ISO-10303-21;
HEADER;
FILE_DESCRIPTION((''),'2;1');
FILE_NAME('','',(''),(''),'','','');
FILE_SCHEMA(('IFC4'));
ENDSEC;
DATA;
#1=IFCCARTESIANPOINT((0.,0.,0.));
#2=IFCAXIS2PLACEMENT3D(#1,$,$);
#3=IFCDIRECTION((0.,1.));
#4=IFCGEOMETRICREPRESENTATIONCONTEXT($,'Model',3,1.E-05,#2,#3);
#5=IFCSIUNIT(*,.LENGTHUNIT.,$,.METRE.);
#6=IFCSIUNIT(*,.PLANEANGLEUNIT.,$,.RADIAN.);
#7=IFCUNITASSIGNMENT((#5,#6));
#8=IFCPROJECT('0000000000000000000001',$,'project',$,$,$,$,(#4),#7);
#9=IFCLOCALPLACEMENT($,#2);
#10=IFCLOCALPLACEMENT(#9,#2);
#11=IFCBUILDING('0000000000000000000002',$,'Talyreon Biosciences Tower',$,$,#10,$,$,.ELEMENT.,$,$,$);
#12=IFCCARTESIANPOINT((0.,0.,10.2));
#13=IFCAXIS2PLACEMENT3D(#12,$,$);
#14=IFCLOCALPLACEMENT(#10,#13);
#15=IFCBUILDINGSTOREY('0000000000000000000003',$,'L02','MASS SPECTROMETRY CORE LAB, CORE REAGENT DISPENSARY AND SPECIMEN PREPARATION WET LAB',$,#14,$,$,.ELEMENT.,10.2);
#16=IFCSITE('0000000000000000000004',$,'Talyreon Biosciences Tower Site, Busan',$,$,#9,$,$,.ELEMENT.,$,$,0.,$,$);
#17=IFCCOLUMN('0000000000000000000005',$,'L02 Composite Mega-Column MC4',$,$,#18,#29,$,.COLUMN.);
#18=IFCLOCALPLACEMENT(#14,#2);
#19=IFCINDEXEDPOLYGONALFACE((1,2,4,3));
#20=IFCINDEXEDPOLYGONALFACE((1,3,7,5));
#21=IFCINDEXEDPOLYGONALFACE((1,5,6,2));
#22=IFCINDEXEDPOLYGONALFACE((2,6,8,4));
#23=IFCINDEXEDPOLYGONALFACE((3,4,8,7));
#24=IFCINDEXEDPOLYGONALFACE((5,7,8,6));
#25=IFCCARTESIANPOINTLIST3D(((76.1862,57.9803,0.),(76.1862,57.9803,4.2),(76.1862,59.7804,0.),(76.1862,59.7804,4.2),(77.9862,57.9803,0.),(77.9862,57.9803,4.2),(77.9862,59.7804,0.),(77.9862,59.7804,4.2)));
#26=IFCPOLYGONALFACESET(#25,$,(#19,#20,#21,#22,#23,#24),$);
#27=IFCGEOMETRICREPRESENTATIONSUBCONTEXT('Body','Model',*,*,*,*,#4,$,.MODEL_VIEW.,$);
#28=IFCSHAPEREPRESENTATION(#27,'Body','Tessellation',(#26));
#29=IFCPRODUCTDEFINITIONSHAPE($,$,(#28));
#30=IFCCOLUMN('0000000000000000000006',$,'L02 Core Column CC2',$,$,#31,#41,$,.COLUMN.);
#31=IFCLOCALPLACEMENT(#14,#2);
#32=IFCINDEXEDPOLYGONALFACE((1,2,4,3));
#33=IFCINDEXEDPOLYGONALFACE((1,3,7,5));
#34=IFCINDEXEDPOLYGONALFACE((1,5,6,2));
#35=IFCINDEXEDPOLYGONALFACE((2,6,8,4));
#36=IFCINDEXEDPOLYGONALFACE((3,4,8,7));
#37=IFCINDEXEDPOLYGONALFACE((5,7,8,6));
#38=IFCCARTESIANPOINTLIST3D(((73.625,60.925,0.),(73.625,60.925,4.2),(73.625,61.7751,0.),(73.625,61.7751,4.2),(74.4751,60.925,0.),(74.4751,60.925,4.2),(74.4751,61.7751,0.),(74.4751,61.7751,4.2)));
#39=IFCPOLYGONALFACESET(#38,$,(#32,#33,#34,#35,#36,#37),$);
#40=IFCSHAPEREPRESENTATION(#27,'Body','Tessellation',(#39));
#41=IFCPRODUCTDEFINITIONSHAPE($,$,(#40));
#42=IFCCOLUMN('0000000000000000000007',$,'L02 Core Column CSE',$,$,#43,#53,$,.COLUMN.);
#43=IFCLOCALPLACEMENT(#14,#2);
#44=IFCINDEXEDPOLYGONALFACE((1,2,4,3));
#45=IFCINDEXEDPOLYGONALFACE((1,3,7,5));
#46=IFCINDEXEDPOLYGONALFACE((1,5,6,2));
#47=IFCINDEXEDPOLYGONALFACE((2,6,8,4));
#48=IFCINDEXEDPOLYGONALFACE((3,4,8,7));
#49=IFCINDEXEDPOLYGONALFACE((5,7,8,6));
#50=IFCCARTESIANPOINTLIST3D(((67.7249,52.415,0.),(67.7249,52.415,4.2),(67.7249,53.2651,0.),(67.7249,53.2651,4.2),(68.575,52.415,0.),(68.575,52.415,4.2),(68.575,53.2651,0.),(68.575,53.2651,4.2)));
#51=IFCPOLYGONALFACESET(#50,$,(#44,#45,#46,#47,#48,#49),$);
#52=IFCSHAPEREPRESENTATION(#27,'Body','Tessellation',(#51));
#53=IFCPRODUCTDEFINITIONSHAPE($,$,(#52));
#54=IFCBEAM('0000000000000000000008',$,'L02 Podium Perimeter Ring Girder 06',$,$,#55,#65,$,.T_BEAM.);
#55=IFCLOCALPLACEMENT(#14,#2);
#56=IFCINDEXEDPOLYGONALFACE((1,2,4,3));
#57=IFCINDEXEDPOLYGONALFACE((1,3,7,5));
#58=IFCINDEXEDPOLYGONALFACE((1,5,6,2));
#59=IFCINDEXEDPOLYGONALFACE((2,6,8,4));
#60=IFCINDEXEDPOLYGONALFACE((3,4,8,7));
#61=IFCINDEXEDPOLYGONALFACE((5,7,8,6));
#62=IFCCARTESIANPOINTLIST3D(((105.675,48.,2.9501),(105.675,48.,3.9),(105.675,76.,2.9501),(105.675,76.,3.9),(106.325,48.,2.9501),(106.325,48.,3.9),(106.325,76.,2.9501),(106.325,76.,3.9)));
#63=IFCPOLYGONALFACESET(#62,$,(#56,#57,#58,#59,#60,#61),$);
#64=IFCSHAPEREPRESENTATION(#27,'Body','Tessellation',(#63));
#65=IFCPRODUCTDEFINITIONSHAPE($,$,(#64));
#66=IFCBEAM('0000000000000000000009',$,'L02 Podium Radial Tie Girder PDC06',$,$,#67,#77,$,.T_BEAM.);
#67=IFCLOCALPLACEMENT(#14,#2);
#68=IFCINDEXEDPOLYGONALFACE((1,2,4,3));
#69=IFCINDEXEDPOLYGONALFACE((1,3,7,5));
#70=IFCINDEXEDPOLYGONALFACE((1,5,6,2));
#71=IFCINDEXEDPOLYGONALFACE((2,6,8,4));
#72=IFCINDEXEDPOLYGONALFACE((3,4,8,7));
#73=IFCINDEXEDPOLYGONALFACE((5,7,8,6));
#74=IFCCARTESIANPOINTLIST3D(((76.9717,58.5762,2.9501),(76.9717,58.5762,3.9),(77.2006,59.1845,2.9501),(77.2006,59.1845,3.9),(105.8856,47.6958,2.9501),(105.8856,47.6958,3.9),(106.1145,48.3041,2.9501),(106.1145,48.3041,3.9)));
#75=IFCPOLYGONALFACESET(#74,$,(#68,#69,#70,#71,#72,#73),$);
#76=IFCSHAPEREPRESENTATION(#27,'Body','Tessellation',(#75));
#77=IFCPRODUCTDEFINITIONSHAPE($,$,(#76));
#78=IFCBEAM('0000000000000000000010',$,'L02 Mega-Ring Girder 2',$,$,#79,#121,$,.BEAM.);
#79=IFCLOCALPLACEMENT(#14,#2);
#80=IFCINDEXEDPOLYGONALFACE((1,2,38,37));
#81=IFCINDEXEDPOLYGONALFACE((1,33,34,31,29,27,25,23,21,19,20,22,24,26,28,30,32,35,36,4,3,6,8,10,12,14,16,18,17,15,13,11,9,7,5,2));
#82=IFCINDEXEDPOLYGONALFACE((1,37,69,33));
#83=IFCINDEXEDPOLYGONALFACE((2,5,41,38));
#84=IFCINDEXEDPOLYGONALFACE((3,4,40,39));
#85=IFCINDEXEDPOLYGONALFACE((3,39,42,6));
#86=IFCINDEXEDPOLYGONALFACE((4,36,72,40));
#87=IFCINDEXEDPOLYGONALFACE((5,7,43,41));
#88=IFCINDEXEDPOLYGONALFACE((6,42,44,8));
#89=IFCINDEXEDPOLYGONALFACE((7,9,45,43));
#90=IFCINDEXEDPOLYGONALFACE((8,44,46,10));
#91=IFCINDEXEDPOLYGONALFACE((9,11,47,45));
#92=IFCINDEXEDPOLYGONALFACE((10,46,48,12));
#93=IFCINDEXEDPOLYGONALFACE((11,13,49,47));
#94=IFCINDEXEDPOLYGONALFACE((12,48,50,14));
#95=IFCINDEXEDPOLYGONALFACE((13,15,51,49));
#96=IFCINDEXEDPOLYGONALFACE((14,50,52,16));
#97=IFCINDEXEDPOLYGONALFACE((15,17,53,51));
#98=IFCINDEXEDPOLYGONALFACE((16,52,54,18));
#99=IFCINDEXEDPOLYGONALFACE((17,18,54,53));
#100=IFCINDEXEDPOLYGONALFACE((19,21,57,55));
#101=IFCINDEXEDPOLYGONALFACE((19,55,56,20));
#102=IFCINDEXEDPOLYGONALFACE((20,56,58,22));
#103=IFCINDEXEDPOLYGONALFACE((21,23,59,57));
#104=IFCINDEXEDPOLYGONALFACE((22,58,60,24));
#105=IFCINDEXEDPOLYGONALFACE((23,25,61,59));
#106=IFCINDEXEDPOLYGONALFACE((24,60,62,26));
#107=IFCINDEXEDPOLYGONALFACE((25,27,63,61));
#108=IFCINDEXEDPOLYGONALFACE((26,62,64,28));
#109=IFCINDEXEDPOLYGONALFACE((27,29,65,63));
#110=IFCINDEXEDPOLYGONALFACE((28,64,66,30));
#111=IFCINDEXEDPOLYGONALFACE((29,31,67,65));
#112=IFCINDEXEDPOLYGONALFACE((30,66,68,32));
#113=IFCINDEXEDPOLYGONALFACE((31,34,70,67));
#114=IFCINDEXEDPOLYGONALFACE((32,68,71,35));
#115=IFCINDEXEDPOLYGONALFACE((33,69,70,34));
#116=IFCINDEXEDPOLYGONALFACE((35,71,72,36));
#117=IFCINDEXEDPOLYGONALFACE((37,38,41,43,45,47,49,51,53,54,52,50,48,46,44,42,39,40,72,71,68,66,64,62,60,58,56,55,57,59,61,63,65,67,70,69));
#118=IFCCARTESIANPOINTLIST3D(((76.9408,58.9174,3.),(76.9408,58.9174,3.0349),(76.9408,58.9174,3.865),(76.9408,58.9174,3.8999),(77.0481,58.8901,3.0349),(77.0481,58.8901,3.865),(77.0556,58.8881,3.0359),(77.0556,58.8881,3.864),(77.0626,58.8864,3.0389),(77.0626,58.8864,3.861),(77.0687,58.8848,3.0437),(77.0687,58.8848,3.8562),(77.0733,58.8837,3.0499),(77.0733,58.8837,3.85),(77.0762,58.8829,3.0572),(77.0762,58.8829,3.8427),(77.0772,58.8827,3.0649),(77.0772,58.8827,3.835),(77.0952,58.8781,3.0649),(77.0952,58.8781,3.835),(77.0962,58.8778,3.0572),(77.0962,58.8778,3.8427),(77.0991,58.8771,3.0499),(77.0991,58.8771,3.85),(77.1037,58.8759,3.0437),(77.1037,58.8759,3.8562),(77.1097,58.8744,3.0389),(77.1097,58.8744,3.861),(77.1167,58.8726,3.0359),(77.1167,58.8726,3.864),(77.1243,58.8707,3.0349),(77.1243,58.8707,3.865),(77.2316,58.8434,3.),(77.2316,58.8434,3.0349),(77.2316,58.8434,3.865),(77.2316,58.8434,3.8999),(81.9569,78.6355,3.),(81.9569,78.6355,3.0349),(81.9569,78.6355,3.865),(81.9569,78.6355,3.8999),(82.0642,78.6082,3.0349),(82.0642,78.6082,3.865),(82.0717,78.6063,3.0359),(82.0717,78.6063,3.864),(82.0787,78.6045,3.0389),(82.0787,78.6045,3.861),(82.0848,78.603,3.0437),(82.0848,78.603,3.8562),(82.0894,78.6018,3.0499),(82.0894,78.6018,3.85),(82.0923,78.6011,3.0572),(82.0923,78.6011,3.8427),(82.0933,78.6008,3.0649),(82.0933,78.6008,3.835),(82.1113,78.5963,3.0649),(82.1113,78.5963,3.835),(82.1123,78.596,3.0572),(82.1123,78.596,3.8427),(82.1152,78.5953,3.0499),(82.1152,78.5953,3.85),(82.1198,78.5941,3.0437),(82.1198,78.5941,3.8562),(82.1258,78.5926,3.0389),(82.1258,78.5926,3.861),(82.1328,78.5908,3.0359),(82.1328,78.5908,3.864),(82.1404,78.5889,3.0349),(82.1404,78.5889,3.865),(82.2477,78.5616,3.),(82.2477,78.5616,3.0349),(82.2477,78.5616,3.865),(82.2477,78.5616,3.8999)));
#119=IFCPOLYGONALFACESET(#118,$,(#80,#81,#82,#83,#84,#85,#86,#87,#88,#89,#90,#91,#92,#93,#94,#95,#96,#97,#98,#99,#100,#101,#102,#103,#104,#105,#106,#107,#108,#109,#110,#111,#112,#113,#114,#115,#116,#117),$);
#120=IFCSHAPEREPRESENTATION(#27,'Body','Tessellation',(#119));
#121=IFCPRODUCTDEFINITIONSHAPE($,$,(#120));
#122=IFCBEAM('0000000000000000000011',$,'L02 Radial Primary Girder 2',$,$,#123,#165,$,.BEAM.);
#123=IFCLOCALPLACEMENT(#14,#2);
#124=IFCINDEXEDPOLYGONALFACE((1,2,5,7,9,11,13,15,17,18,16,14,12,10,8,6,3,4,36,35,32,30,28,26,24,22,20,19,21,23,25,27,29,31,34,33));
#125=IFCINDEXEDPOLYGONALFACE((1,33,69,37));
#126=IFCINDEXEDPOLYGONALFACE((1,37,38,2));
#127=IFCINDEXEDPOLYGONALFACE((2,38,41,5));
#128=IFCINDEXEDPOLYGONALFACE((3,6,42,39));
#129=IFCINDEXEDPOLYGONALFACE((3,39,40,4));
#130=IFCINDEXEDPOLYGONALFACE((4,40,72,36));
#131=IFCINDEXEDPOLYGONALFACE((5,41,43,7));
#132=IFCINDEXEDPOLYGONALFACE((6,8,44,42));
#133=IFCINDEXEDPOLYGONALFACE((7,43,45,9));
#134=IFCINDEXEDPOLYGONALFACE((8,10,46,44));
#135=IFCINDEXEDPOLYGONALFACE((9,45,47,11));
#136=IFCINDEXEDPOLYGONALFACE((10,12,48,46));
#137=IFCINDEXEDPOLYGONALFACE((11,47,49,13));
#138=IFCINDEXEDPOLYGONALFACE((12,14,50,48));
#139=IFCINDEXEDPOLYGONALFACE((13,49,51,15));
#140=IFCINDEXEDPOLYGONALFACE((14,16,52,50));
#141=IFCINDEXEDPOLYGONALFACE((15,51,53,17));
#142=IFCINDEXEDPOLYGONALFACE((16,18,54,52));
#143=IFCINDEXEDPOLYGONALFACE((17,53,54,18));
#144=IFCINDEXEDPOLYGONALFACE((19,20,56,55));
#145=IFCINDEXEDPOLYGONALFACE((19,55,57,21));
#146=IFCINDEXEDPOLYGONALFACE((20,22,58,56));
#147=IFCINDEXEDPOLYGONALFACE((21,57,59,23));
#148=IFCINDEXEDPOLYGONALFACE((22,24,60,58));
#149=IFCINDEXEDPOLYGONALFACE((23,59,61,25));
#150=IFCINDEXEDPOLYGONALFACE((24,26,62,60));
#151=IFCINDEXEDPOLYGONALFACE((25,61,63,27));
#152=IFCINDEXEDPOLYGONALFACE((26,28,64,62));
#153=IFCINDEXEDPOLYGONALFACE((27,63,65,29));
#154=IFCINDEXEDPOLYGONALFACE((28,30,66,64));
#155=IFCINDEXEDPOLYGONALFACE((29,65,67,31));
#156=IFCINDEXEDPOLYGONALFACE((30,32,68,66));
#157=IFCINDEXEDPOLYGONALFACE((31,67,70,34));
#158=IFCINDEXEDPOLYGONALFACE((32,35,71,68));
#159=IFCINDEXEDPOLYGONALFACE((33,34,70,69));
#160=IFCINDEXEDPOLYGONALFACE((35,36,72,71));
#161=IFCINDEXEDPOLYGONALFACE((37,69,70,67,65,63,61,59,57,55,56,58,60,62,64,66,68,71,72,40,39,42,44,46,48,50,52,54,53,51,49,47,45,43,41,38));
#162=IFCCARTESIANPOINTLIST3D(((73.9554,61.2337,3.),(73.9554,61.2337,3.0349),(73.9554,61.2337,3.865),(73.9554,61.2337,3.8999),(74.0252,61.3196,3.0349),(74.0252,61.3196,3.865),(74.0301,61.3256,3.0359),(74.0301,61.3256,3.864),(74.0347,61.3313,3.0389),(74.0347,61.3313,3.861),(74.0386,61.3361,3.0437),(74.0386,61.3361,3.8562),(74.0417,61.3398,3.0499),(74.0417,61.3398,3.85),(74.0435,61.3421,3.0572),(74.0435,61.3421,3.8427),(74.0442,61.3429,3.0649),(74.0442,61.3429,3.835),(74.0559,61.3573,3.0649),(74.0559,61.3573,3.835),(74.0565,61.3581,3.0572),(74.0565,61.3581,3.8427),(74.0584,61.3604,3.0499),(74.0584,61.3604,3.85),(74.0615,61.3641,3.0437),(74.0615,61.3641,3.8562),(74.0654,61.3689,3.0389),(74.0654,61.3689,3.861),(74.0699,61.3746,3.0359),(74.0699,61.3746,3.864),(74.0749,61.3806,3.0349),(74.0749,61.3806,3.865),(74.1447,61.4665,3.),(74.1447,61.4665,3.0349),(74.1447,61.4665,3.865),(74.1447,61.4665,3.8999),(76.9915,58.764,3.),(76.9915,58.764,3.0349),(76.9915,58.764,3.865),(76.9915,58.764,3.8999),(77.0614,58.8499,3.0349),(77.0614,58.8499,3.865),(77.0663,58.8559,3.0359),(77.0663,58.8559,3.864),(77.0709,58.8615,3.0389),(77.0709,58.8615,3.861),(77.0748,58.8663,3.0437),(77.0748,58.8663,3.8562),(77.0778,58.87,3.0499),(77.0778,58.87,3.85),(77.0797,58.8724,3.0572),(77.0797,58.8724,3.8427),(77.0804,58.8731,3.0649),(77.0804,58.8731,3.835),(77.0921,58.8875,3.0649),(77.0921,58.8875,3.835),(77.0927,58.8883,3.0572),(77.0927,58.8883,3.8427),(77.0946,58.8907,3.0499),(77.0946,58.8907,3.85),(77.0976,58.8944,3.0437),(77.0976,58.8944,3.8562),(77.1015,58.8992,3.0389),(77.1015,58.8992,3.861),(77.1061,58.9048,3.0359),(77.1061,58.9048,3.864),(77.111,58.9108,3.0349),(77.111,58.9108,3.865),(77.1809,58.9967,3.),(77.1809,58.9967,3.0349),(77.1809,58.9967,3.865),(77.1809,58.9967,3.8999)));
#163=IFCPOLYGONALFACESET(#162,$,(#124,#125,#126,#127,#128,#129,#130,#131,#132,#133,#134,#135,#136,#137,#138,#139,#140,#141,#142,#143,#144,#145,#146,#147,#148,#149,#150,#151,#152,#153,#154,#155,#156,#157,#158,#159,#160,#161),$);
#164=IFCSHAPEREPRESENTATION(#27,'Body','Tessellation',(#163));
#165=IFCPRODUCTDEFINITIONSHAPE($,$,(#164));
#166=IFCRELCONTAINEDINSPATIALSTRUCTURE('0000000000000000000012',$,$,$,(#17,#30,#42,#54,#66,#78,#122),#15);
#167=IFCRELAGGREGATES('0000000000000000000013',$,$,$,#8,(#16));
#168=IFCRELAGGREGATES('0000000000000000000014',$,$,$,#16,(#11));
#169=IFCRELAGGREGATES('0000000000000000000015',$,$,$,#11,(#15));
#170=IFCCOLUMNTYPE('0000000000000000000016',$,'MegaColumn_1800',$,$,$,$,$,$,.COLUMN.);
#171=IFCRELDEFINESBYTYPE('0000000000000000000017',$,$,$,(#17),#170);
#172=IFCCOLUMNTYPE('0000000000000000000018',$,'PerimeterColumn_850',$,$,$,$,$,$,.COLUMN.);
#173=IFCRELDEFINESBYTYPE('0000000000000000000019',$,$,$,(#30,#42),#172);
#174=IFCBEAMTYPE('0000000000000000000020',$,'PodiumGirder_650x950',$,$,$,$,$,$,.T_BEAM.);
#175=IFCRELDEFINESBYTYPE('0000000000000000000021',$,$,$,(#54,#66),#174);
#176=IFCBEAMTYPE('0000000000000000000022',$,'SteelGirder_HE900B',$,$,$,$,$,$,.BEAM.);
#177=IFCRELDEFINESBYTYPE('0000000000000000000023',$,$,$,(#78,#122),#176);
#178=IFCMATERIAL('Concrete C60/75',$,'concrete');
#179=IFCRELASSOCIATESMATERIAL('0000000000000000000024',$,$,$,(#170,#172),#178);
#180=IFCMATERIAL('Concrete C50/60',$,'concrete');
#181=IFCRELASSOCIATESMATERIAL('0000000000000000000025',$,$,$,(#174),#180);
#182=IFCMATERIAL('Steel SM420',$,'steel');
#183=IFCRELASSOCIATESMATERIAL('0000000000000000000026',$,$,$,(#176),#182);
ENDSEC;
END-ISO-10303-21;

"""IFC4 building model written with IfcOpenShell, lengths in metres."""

from ifc_helpers import new_model, si_unit, direction, frame, origin, origin_2d, place, context, subcontext, project, spatial, rectangle, i_section, extrude, material, material_profile, profile_set, type_object, element, save


model = new_model("IFC4")

# Units and contexts
model_context = context("Model", 3, precision=1e-05, world=origin(), true_north=direction((0.0, 1.0)))
body_context = subcontext(model_context, "Body", "Model", "MODEL_VIEW")
ifc_project = project(units=[si_unit("LENGTHUNIT", "METRE"), si_unit("PLANEANGLEUNIT", "RADIAN")], contexts=[model_context])

# Site, building, storey
site_placement = place(None, origin())
site = spatial("IfcSite", under=ifc_project, at=site_placement, Name="Talyreon Biosciences Tower Site, Busan", CompositionType="ELEMENT", RefElevation=0.0)
building_placement = place(site_placement, origin())
building = spatial("IfcBuilding", under=site, at=building_placement, Name="Talyreon Biosciences Tower", CompositionType="ELEMENT")
storey_placement = place(building_placement, frame((0.0, 0.0, 10.2)))
storey = spatial("IfcBuildingStorey", under=building, at=storey_placement, Name="L02", Description="MASS SPECTROMETRY CORE LAB, CORE REAGENT DISPENSARY AND SPECIMEN PREPARATION WET LAB", CompositionType="ELEMENT", Elevation=10.2)

# Columns
ifc_material_1 = material(Name="Concrete C60/75", Category="concrete")
ifc_material_profile_1 = material_profile(ifc_material_1, rectangle(XDim=1.8, YDim=1.8, at=origin_2d()), Name="RC 1800x1800")
ifc_profile_set_1 = profile_set([ifc_material_profile_1], Name="Concrete C60/75")
column_type_1 = type_object("IfcColumnType", Name="MegaColumn_1800", PredefinedType="COLUMN", material=ifc_profile_set_1)
column_placement = place(storey_placement, frame((77.0862, 58.8804, 0.0), z_axis=(0.0, 0.0, 1.0), x_axis=(1.0, 0.0, 0.0)))
element("IfcColumn", 1, at=column_placement, inside=storey, type_object=column_type_1, Name="L02 Composite Mega-Column MC4", PredefinedType="COLUMN", context=body_context, shape_type="SweptSolid", body=[
    extrude(rectangle(XDim=1.8, YDim=1.8, at=origin_2d()), origin(), (0.0, 0.0, 1.0), 4.2),
])
ifc_material_profile_2 = material_profile(ifc_material_1, rectangle(XDim=0.8501, YDim=0.8501, at=origin_2d()), Name="RC 850x850")
ifc_profile_set_2 = profile_set([ifc_material_profile_2], Name="Concrete C60/75")
column_type_2 = type_object("IfcColumnType", Name="PerimeterColumn_850", PredefinedType="COLUMN", material=ifc_profile_set_2)
for number, where, z_axis, x_axis, name in (
    (2, (74.05, 61.3501, 0.0), (0.0, 0.0, 1.0), (1.0, 0.0, 0.0), "L02 Core Column CC2"),
    (3, (68.1499, 52.8401, 0.0), (0.0, 0.0, 1.0), (1.0, 0.0, 0.0), "L02 Core Column CSE"),
):
    element("IfcColumn", number, at=place(storey_placement, frame(where, z_axis=z_axis, x_axis=x_axis)), inside=storey, type_object=column_type_2, Name=name, PredefinedType="COLUMN", context=body_context, shape_type="SweptSolid", body=[
        extrude(rectangle(XDim=0.8501, YDim=0.8501, at=origin_2d()), origin(), (0.0, 0.0, 1.0), 4.2),
    ])

# Beams
ifc_material_2 = material(Name="Concrete C50/60", Category="concrete")
ifc_material_profile_3 = material_profile(ifc_material_2, rectangle(XDim=0.6499, YDim=0.95, at=origin_2d()), Name="RCB 650x950")
ifc_profile_set_3 = profile_set([ifc_material_profile_3], Name="Concrete C50/60")
beam_type_1 = type_object("IfcBeamType", Name="PodiumGirder_650x950", PredefinedType="T_BEAM", material=ifc_profile_set_3)
beam_1_placement = place(storey_placement, frame((106.0, 48.0, 3.425), z_axis=(0.0, 1.0, 0.0), x_axis=(-1.0, 0.0, 0.0)))
element("IfcBeam", 4, at=beam_1_placement, inside=storey, type_object=beam_type_1, Name="L02 Podium Perimeter Ring Girder 06", PredefinedType="T_BEAM", context=body_context, shape_type="SweptSolid", body=[
    extrude(rectangle(XDim=0.6499, YDim=0.95, at=origin_2d()), origin(), (0.0, 0.0, 1.0), 28.0),
])
beam_2_placement = place(storey_placement, frame((77.0862, 58.8804, 3.425), z_axis=(0.935927, -0.352193, 0.0), x_axis=(0.352193, 0.935927, 0.0)))
element("IfcBeam", 5, at=beam_2_placement, inside=storey, type_object=beam_type_1, Name="L02 Podium Radial Tie Girder PDC06", PredefinedType="T_BEAM", context=body_context, shape_type="SweptSolid", body=[
    extrude(rectangle(XDim=0.6499, YDim=0.95, at=origin_2d()), origin(), (0.0, 0.0, 1.0), 30.8933),
])
ifc_material_3 = material(Name="Steel SM420", Category="steel")
ifc_material_profile_4 = material_profile(ifc_material_3, i_section(OverallWidth=0.3, OverallDepth=0.8999, WebThickness=0.0186, FlangeThickness=0.0349, FilletRadius=0.03, at=origin_2d()), Name="HE900B")
ifc_profile_set_4 = profile_set([ifc_material_profile_4], Name="Steel SM420")
beam_type_2 = type_object("IfcBeamType", Name="SteelGirder_HE900B", PredefinedType="BEAM", material=ifc_profile_set_4)
beam_3_placement = place(storey_placement, frame((77.0862, 58.8804, 3.45), z_axis=(0.246537, 0.969133, 0.0), x_axis=(-0.969133, 0.246537, 0.0)))
element("IfcBeam", 6, at=beam_3_placement, inside=storey, type_object=beam_type_2, Name="L02 Mega-Ring Girder 2", PredefinedType="BEAM", context=body_context, shape_type="SweptSolid", body=[
    extrude(i_section(OverallWidth=0.3, OverallDepth=0.8999, WebThickness=0.0186, FlangeThickness=0.0349, FilletRadius=0.03, at=origin_2d()), origin(), (0.0, 0.0, 1.0), 20.3462),
])
beam_4_placement = place(storey_placement, frame((74.05, 61.3501, 3.45), z_axis=(0.775755, -0.631034, 0.0), x_axis=(0.631034, 0.775755, 0.0)))
element("IfcBeam", 7, at=beam_4_placement, inside=storey, type_object=beam_type_2, Name="L02 Radial Primary Girder 2", PredefinedType="BEAM", context=body_context, shape_type="SweptSolid", body=[
    extrude(i_section(OverallWidth=0.3, OverallDepth=0.8999, WebThickness=0.0186, FlangeThickness=0.0349, FilletRadius=0.03, at=origin_2d()), origin(), (0.0, 0.0, 1.0), 3.9138),
])

save(model, "model.ifc")
